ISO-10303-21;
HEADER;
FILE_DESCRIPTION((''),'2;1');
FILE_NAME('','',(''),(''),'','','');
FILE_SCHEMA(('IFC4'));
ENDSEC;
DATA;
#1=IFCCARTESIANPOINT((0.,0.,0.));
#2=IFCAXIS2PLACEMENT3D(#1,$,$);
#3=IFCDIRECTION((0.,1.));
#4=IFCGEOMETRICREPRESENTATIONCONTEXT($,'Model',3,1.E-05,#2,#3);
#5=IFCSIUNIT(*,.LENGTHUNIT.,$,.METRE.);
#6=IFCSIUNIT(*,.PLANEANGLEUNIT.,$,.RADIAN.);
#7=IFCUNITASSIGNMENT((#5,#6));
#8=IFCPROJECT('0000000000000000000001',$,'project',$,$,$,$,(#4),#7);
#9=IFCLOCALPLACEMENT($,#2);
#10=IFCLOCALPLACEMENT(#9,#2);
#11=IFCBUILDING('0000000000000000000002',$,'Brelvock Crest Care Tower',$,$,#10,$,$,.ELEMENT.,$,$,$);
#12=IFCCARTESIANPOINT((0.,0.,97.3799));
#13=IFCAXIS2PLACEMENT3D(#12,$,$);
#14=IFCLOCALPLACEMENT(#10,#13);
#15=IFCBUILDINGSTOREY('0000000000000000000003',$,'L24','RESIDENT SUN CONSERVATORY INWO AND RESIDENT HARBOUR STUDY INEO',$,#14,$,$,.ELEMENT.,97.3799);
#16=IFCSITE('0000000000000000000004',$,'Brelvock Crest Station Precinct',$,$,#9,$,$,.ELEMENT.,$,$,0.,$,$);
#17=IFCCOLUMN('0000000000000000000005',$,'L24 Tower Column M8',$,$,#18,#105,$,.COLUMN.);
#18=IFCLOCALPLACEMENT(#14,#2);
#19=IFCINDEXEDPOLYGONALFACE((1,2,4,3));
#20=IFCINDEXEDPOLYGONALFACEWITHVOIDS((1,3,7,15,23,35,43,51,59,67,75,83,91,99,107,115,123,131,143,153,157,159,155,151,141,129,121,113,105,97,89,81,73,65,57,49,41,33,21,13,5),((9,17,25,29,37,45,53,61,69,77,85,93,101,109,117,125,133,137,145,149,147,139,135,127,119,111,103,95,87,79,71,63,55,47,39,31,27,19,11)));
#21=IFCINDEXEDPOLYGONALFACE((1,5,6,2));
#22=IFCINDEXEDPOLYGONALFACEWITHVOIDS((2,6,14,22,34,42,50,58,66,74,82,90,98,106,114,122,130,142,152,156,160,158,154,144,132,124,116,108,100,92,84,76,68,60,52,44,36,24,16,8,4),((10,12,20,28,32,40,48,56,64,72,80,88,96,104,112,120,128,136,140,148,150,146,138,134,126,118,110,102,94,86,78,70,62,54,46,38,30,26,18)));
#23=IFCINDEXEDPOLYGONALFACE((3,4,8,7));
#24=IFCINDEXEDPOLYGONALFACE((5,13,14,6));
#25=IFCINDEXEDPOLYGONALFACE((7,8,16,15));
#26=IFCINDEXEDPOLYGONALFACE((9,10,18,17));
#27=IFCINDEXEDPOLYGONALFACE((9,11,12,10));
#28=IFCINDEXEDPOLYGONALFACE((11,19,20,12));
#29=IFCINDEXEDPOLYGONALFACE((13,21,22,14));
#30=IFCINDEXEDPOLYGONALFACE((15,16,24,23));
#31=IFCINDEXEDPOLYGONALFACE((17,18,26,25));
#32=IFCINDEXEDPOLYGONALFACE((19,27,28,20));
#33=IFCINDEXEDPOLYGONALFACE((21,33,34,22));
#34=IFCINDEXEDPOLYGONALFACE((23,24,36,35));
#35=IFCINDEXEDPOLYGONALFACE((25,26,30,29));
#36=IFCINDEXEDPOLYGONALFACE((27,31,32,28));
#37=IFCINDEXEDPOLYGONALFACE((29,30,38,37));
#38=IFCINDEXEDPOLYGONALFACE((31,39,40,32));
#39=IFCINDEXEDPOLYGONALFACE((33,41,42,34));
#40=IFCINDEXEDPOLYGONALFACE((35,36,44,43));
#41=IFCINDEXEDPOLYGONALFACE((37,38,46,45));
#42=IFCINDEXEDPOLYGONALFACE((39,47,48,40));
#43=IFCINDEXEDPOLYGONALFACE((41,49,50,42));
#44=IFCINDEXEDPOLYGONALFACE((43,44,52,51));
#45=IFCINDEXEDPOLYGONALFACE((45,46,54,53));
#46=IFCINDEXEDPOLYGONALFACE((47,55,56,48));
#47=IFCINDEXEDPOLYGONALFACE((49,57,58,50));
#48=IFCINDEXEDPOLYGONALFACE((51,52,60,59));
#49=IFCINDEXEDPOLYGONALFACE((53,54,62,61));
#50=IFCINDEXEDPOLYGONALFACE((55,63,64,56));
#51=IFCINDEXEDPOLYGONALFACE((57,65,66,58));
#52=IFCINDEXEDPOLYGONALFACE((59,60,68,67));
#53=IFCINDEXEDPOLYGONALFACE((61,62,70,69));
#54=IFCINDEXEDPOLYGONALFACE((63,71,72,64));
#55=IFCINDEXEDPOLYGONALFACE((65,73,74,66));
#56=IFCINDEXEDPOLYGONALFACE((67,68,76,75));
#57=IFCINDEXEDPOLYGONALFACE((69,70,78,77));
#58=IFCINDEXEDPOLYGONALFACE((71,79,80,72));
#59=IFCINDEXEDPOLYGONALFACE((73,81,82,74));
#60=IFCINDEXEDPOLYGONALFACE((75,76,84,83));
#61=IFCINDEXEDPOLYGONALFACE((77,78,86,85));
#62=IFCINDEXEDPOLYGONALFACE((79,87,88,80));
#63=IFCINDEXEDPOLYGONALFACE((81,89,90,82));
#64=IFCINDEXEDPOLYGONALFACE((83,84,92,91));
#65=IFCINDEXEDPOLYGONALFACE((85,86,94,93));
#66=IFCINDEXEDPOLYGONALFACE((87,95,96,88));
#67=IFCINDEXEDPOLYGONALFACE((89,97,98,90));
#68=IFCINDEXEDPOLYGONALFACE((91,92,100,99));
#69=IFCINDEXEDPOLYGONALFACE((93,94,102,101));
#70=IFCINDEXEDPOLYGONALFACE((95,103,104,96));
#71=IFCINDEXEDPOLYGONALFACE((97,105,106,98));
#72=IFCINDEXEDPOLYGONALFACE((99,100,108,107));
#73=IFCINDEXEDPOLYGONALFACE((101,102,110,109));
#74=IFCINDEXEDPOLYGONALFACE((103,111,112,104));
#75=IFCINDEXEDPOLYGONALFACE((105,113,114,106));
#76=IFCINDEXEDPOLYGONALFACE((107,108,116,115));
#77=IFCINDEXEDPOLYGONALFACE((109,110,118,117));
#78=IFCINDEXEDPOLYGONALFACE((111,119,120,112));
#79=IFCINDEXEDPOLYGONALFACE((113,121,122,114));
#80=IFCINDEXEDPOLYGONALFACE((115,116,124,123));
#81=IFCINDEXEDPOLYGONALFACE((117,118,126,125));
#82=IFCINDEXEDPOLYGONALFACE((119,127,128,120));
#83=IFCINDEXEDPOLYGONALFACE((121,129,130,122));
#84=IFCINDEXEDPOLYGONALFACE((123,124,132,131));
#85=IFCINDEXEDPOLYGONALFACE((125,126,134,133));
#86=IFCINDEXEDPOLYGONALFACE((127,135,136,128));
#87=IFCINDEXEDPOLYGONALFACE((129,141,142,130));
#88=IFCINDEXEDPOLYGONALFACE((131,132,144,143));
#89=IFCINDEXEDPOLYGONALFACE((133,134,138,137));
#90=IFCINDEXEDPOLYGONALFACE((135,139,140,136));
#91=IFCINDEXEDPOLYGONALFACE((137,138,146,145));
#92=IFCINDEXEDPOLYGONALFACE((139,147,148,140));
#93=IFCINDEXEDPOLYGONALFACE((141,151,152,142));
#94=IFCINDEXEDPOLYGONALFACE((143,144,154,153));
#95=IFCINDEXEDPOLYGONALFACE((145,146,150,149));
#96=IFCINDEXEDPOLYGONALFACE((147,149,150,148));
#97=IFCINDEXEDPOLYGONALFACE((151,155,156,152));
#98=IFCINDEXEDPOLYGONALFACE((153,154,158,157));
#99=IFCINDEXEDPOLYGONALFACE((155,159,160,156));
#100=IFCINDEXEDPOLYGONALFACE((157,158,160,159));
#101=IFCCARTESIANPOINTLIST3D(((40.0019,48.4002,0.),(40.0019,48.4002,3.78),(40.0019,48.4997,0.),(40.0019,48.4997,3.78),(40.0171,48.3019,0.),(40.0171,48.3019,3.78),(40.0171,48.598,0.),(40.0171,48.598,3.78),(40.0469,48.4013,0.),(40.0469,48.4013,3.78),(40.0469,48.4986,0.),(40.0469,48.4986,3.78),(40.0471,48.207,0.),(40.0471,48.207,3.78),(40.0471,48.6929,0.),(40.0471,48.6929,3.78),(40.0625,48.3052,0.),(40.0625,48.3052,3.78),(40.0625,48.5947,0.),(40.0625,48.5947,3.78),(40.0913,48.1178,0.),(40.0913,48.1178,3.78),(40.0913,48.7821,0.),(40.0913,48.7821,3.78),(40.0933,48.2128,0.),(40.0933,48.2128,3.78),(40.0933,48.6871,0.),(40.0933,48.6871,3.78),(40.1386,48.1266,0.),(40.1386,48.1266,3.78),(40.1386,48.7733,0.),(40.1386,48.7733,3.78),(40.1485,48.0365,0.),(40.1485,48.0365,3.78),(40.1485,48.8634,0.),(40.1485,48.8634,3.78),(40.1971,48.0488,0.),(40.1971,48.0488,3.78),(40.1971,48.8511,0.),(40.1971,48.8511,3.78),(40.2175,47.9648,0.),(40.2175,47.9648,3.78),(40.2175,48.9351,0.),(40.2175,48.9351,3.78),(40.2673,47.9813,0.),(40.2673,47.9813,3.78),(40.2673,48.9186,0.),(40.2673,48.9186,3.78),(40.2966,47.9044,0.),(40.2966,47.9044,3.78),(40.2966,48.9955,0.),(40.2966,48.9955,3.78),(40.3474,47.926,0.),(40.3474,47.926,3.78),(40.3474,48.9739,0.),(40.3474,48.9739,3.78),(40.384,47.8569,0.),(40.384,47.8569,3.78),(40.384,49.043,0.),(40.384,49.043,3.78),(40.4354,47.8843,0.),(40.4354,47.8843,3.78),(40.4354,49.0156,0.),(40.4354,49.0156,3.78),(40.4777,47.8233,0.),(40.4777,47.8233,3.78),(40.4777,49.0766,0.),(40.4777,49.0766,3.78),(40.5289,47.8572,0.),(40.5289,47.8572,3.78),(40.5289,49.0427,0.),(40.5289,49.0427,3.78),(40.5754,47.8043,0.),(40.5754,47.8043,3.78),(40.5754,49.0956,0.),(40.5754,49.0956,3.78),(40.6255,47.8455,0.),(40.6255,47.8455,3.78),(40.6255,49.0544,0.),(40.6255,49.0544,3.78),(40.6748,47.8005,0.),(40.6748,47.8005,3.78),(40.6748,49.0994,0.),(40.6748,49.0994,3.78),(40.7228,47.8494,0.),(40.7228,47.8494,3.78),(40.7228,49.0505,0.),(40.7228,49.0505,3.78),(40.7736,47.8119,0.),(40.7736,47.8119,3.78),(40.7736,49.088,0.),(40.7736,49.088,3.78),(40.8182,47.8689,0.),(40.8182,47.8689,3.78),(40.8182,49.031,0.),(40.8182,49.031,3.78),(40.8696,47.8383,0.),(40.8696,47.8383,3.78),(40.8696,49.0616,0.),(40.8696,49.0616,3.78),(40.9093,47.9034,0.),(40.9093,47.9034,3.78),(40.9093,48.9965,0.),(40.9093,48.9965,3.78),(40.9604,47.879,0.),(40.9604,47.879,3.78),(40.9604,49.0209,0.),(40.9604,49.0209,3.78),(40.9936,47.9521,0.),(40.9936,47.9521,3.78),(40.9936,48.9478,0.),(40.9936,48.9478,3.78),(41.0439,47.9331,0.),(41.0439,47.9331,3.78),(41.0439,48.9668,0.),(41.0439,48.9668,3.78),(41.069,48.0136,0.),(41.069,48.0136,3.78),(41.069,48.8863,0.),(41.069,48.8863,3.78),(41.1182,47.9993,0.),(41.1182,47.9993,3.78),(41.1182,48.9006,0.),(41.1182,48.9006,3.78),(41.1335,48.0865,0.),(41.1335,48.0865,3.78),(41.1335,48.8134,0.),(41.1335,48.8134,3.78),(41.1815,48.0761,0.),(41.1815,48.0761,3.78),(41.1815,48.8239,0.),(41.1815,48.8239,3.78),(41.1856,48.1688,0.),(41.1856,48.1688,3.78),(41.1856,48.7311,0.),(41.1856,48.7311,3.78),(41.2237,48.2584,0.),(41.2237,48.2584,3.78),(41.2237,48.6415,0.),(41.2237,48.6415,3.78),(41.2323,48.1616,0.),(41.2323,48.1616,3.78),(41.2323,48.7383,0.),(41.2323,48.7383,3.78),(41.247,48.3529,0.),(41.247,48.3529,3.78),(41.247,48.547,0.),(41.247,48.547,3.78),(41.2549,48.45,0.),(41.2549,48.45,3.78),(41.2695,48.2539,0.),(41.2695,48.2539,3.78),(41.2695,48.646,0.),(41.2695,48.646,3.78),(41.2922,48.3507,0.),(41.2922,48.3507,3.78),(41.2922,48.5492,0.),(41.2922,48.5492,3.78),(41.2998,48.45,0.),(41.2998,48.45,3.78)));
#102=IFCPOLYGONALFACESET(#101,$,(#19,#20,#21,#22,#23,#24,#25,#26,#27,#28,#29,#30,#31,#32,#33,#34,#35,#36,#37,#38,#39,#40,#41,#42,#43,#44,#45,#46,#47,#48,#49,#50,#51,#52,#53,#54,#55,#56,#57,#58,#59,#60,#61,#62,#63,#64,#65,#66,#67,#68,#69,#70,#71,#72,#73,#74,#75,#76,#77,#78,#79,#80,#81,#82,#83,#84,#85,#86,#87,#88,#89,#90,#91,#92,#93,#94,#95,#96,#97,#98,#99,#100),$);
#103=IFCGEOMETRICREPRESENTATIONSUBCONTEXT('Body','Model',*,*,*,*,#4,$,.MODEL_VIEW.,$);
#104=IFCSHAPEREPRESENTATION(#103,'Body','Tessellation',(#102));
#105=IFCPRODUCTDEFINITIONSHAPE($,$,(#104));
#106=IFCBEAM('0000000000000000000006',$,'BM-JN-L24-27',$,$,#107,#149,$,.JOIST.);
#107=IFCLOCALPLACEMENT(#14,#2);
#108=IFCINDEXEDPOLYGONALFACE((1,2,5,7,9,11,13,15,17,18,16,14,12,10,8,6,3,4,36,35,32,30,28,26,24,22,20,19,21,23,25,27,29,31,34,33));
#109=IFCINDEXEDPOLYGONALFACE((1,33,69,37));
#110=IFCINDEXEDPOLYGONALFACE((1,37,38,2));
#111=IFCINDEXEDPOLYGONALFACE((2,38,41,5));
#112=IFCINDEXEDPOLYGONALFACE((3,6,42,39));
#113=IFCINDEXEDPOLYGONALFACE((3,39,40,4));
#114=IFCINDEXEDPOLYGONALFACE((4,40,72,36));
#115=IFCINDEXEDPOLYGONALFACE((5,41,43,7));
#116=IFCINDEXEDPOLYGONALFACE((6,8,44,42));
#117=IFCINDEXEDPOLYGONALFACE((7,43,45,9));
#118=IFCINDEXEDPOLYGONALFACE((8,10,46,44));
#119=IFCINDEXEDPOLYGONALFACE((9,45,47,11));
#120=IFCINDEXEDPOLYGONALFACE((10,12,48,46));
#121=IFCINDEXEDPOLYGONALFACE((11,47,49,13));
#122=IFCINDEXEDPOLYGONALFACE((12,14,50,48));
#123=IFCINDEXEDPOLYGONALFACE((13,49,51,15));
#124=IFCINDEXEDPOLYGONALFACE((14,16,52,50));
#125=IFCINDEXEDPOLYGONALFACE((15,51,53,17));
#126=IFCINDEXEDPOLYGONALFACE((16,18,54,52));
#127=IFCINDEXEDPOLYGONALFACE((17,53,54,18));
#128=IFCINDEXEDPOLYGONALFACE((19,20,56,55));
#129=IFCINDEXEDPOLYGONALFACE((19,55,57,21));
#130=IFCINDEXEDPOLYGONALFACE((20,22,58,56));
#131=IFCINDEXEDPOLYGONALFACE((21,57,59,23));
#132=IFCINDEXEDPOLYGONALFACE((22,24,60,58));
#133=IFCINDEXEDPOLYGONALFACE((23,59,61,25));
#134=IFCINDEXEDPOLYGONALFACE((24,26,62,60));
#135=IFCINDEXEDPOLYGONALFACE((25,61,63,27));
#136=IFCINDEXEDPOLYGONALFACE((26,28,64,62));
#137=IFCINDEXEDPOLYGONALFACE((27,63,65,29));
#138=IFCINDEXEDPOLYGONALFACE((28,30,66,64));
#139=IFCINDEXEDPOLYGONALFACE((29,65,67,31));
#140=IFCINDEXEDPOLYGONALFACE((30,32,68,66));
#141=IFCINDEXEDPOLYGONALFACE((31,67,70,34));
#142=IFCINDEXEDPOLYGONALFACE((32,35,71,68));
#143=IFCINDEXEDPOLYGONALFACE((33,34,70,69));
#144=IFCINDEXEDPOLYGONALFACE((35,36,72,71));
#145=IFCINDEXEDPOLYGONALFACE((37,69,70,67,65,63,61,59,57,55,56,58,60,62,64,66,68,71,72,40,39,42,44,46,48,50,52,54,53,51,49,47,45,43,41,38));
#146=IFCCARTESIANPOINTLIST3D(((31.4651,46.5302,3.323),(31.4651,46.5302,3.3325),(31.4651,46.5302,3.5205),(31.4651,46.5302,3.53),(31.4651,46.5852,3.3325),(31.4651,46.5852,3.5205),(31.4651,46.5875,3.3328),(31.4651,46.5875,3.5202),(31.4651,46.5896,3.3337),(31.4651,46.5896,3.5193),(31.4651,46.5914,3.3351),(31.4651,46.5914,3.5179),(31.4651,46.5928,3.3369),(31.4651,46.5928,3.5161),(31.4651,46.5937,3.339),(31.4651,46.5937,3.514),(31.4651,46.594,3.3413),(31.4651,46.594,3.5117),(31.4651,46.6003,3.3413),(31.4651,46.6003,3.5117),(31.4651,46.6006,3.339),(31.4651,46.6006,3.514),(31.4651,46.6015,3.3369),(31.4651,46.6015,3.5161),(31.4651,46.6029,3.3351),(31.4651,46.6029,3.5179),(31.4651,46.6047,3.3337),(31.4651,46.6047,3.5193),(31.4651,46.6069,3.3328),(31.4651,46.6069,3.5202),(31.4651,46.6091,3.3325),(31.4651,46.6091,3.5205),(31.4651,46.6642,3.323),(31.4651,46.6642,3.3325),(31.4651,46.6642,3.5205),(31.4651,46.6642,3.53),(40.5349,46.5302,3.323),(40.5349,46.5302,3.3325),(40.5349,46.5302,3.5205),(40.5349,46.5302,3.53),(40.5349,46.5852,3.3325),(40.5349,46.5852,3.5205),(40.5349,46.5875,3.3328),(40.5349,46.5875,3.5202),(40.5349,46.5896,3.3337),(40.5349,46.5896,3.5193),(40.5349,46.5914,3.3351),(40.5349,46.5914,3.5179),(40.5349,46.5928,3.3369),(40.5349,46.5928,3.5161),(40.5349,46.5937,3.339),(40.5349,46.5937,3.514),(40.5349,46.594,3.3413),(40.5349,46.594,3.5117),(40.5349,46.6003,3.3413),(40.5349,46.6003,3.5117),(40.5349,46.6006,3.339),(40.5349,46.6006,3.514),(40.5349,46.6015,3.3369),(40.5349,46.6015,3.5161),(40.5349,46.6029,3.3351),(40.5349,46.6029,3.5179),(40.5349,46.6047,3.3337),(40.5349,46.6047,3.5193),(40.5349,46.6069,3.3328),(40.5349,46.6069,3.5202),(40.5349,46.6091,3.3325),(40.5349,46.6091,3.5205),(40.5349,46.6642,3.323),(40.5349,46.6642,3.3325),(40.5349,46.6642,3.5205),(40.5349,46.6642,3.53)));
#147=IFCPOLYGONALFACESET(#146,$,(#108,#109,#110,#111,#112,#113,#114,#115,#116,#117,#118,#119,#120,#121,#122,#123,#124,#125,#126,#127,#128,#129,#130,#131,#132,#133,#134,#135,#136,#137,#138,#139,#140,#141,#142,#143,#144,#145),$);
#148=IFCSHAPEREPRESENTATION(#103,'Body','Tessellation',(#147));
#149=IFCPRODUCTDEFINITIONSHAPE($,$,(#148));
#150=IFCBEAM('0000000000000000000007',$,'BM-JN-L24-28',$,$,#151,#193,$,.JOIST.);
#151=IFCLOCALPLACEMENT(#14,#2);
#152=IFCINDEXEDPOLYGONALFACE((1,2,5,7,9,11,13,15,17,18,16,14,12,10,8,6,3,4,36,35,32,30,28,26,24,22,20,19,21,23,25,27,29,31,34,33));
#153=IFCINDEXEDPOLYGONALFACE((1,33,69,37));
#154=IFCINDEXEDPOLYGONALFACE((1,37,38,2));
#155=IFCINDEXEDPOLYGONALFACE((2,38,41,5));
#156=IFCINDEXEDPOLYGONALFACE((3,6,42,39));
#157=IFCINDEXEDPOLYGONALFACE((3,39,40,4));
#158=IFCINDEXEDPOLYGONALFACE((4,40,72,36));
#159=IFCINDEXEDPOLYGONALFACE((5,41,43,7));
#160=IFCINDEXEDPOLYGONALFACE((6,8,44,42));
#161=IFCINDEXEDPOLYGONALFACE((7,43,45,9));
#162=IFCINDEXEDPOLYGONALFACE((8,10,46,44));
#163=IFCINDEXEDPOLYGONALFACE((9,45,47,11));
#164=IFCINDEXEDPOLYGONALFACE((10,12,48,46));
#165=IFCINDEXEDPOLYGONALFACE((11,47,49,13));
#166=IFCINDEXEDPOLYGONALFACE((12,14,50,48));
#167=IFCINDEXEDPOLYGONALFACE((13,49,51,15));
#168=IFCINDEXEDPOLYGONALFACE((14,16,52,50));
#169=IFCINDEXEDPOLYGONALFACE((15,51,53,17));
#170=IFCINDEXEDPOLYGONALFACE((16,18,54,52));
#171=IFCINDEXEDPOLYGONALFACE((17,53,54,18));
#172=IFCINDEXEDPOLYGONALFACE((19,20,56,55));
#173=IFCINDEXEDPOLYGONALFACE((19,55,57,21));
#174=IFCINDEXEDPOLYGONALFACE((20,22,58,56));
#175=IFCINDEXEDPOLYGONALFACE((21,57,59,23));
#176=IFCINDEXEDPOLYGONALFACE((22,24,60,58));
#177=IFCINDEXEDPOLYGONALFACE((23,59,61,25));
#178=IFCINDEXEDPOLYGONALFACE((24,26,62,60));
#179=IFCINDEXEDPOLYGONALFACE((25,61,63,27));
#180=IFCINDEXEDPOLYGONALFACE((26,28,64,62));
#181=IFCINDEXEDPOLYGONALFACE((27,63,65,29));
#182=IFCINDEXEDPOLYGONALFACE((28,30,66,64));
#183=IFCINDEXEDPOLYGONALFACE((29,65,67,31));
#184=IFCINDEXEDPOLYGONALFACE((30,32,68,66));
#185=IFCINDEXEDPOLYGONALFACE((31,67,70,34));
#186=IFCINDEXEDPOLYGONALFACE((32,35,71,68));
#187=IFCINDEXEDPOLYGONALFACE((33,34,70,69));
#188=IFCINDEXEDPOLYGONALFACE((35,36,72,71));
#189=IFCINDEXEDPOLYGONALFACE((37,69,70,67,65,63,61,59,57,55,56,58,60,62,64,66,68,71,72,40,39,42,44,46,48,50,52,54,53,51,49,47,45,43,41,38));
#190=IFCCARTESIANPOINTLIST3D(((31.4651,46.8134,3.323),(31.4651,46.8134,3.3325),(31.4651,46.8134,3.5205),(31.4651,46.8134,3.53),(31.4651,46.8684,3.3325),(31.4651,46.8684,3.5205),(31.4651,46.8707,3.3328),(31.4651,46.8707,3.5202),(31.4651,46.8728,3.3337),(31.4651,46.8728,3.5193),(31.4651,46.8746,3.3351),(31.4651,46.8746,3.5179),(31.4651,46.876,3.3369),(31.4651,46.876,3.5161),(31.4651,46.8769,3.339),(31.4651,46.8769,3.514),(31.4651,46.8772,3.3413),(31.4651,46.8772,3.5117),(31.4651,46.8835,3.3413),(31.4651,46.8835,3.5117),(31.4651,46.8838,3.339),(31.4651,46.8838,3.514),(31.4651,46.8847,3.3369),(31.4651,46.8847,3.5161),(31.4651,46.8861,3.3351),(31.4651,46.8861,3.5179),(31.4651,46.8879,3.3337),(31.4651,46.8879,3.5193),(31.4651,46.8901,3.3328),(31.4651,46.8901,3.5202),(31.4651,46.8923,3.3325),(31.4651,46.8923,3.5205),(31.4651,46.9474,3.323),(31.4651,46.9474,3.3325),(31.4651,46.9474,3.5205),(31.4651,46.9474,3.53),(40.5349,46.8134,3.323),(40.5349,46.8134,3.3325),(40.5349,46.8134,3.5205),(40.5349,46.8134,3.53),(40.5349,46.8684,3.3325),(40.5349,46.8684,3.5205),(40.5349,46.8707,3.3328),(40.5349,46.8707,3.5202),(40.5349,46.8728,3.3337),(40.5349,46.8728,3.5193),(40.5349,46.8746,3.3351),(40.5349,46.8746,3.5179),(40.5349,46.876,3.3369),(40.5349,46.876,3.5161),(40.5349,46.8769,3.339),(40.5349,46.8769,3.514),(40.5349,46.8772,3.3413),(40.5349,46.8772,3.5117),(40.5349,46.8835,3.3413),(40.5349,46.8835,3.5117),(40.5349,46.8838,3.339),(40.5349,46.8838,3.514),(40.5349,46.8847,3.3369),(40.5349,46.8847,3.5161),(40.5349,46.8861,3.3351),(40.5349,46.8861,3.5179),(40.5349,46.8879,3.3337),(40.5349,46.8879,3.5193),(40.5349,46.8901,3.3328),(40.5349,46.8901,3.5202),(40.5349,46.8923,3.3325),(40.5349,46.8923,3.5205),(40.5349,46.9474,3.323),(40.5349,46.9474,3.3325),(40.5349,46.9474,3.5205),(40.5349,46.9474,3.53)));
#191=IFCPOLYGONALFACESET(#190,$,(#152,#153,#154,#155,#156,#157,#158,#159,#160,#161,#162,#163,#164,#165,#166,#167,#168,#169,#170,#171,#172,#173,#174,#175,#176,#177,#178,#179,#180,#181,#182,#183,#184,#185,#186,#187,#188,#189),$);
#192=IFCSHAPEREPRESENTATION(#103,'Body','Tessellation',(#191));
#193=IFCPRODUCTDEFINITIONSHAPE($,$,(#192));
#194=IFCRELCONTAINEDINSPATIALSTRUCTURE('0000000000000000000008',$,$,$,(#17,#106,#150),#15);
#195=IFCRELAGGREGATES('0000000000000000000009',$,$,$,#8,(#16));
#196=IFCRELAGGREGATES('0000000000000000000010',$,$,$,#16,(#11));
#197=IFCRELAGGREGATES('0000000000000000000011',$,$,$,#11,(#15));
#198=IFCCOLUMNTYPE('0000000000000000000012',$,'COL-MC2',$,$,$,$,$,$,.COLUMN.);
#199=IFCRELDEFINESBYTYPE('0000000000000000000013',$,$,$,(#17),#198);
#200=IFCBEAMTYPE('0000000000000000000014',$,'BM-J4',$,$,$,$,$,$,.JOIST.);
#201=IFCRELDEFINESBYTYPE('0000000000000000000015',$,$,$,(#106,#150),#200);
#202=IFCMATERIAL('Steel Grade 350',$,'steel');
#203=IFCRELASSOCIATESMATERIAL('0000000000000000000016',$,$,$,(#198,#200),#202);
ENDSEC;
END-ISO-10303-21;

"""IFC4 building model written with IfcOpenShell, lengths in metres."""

from ifc_helpers import new_model, si_unit, direction, frame, origin, origin_2d, place, context, subcontext, project, spatial, hollow_circle, i_section, extrude, source, transform, mapped, material, material_profile, profile_set, type_object, element, save


model = new_model("IFC4")

# Units and contexts
model_context = context("Model", 3, precision=1e-05, world=origin(), true_north=direction((0.0, 1.0)))
body_context = subcontext(model_context, "Body", "Model", "MODEL_VIEW")
ifc_project = project(units=[si_unit("LENGTHUNIT", "METRE"), si_unit("PLANEANGLEUNIT", "RADIAN")], contexts=[model_context])

# Site, building, storey
site_placement = place(None, origin())
site = spatial("IfcSite", under=ifc_project, at=site_placement, Name="Brelvock Crest Station Precinct", CompositionType="ELEMENT", RefElevation=0.0)
building_placement = place(site_placement, origin())
building = spatial("IfcBuilding", under=site, at=building_placement, Name="Brelvock Crest Care Tower", CompositionType="ELEMENT")
storey_placement = place(building_placement, frame((0.0, 0.0, 97.3799)))
storey = spatial("IfcBuildingStorey", under=building, at=storey_placement, Name="L24", Description="RESIDENT SUN CONSERVATORY INWO AND RESIDENT HARBOUR STUDY INEO", CompositionType="ELEMENT", Elevation=97.3799)

# Column
ifc_material_1 = material(Name="Steel Grade 350", Category="steel")
ifc_material_profile_1 = material_profile(ifc_material_1, hollow_circle(Radius=0.6499, WallThickness=0.0449, at=origin_2d()), Name="CFT1300x45")
ifc_profile_set_1 = profile_set([ifc_material_profile_1], Name="Steel Grade 350")
column_type = type_object("IfcColumnType", Name="COL-MC2", PredefinedType="COLUMN", material=ifc_profile_set_1)
shared_shape_1 = source(origin(), body_context, "Body", "SweptSolid", [
    extrude(hollow_circle(Radius=0.6499, WallThickness=0.0449, at=origin_2d()), origin(), (0.0, 0.0, 1.0), 3.78),
])
column_placement = place(storey_placement, frame((40.6499, 48.45, 0.0), z_axis=(0.0, 0.0, 1.0), x_axis=(1.0, 0.0, 0.0)))
element("IfcColumn", 1, at=column_placement, inside=storey, type_object=column_type, Name="L24 Tower Column M8", PredefinedType="COLUMN", context=body_context, shape_type="MappedRepresentation", body=[
    mapped(shared_shape_1, transform((0.0, 0.0, 0.0), x_axis=(1.0, 0.0, 0.0), y_axis=(0.0, 1.0, 0.0), z_axis=(0.0, 0.0, 1.0), scale=1.0)),
])

# Beams
ifc_material_profile_2 = material_profile(ifc_material_1, i_section(OverallWidth=0.134, OverallDepth=0.207, WebThickness=0.0063, FlangeThickness=0.0095, FilletRadius=0.0088, at=origin_2d()), Name="200UB29.8")
ifc_profile_set_2 = profile_set([ifc_material_profile_2], Name="Steel Grade 350")
beam_type_1 = type_object("IfcBeamType", Name="BM-J4", PredefinedType="JOIST", material=ifc_profile_set_2)
shared_shape_2 = source(origin(), body_context, "Body", "SweptSolid", [
    extrude(i_section(OverallWidth=0.134, OverallDepth=0.207, WebThickness=0.0063, FlangeThickness=0.0095, FilletRadius=0.0088, at=origin_2d()), origin(), (0.0, 0.0, 1.0), 9.0698),
])
for number, where, z_axis, x_axis, name in (
    (2, (31.4651, 46.5972, 3.4265), (1.0, 0.0, 0.0), (0.0, 1.0, 0.0), "BM-JN-L24-27"),
    (3, (31.4651, 46.8804, 3.4265), (1.0, 0.0, 0.0), (0.0, 1.0, 0.0), "BM-JN-L24-28"),
):
    element("IfcBeam", number, at=place(storey_placement, frame(where, z_axis=z_axis, x_axis=x_axis)), inside=storey, type_object=beam_type_1, Name=name, PredefinedType="JOIST", context=body_context, shape_type="MappedRepresentation", body=[
        mapped(shared_shape_2, transform((0.0, 0.0, 0.0), x_axis=(1.0, 0.0, 0.0), y_axis=(0.0, 1.0, 0.0), z_axis=(0.0, 0.0, 1.0), scale=1.0)),
    ])

save(model, "model.ifc")
